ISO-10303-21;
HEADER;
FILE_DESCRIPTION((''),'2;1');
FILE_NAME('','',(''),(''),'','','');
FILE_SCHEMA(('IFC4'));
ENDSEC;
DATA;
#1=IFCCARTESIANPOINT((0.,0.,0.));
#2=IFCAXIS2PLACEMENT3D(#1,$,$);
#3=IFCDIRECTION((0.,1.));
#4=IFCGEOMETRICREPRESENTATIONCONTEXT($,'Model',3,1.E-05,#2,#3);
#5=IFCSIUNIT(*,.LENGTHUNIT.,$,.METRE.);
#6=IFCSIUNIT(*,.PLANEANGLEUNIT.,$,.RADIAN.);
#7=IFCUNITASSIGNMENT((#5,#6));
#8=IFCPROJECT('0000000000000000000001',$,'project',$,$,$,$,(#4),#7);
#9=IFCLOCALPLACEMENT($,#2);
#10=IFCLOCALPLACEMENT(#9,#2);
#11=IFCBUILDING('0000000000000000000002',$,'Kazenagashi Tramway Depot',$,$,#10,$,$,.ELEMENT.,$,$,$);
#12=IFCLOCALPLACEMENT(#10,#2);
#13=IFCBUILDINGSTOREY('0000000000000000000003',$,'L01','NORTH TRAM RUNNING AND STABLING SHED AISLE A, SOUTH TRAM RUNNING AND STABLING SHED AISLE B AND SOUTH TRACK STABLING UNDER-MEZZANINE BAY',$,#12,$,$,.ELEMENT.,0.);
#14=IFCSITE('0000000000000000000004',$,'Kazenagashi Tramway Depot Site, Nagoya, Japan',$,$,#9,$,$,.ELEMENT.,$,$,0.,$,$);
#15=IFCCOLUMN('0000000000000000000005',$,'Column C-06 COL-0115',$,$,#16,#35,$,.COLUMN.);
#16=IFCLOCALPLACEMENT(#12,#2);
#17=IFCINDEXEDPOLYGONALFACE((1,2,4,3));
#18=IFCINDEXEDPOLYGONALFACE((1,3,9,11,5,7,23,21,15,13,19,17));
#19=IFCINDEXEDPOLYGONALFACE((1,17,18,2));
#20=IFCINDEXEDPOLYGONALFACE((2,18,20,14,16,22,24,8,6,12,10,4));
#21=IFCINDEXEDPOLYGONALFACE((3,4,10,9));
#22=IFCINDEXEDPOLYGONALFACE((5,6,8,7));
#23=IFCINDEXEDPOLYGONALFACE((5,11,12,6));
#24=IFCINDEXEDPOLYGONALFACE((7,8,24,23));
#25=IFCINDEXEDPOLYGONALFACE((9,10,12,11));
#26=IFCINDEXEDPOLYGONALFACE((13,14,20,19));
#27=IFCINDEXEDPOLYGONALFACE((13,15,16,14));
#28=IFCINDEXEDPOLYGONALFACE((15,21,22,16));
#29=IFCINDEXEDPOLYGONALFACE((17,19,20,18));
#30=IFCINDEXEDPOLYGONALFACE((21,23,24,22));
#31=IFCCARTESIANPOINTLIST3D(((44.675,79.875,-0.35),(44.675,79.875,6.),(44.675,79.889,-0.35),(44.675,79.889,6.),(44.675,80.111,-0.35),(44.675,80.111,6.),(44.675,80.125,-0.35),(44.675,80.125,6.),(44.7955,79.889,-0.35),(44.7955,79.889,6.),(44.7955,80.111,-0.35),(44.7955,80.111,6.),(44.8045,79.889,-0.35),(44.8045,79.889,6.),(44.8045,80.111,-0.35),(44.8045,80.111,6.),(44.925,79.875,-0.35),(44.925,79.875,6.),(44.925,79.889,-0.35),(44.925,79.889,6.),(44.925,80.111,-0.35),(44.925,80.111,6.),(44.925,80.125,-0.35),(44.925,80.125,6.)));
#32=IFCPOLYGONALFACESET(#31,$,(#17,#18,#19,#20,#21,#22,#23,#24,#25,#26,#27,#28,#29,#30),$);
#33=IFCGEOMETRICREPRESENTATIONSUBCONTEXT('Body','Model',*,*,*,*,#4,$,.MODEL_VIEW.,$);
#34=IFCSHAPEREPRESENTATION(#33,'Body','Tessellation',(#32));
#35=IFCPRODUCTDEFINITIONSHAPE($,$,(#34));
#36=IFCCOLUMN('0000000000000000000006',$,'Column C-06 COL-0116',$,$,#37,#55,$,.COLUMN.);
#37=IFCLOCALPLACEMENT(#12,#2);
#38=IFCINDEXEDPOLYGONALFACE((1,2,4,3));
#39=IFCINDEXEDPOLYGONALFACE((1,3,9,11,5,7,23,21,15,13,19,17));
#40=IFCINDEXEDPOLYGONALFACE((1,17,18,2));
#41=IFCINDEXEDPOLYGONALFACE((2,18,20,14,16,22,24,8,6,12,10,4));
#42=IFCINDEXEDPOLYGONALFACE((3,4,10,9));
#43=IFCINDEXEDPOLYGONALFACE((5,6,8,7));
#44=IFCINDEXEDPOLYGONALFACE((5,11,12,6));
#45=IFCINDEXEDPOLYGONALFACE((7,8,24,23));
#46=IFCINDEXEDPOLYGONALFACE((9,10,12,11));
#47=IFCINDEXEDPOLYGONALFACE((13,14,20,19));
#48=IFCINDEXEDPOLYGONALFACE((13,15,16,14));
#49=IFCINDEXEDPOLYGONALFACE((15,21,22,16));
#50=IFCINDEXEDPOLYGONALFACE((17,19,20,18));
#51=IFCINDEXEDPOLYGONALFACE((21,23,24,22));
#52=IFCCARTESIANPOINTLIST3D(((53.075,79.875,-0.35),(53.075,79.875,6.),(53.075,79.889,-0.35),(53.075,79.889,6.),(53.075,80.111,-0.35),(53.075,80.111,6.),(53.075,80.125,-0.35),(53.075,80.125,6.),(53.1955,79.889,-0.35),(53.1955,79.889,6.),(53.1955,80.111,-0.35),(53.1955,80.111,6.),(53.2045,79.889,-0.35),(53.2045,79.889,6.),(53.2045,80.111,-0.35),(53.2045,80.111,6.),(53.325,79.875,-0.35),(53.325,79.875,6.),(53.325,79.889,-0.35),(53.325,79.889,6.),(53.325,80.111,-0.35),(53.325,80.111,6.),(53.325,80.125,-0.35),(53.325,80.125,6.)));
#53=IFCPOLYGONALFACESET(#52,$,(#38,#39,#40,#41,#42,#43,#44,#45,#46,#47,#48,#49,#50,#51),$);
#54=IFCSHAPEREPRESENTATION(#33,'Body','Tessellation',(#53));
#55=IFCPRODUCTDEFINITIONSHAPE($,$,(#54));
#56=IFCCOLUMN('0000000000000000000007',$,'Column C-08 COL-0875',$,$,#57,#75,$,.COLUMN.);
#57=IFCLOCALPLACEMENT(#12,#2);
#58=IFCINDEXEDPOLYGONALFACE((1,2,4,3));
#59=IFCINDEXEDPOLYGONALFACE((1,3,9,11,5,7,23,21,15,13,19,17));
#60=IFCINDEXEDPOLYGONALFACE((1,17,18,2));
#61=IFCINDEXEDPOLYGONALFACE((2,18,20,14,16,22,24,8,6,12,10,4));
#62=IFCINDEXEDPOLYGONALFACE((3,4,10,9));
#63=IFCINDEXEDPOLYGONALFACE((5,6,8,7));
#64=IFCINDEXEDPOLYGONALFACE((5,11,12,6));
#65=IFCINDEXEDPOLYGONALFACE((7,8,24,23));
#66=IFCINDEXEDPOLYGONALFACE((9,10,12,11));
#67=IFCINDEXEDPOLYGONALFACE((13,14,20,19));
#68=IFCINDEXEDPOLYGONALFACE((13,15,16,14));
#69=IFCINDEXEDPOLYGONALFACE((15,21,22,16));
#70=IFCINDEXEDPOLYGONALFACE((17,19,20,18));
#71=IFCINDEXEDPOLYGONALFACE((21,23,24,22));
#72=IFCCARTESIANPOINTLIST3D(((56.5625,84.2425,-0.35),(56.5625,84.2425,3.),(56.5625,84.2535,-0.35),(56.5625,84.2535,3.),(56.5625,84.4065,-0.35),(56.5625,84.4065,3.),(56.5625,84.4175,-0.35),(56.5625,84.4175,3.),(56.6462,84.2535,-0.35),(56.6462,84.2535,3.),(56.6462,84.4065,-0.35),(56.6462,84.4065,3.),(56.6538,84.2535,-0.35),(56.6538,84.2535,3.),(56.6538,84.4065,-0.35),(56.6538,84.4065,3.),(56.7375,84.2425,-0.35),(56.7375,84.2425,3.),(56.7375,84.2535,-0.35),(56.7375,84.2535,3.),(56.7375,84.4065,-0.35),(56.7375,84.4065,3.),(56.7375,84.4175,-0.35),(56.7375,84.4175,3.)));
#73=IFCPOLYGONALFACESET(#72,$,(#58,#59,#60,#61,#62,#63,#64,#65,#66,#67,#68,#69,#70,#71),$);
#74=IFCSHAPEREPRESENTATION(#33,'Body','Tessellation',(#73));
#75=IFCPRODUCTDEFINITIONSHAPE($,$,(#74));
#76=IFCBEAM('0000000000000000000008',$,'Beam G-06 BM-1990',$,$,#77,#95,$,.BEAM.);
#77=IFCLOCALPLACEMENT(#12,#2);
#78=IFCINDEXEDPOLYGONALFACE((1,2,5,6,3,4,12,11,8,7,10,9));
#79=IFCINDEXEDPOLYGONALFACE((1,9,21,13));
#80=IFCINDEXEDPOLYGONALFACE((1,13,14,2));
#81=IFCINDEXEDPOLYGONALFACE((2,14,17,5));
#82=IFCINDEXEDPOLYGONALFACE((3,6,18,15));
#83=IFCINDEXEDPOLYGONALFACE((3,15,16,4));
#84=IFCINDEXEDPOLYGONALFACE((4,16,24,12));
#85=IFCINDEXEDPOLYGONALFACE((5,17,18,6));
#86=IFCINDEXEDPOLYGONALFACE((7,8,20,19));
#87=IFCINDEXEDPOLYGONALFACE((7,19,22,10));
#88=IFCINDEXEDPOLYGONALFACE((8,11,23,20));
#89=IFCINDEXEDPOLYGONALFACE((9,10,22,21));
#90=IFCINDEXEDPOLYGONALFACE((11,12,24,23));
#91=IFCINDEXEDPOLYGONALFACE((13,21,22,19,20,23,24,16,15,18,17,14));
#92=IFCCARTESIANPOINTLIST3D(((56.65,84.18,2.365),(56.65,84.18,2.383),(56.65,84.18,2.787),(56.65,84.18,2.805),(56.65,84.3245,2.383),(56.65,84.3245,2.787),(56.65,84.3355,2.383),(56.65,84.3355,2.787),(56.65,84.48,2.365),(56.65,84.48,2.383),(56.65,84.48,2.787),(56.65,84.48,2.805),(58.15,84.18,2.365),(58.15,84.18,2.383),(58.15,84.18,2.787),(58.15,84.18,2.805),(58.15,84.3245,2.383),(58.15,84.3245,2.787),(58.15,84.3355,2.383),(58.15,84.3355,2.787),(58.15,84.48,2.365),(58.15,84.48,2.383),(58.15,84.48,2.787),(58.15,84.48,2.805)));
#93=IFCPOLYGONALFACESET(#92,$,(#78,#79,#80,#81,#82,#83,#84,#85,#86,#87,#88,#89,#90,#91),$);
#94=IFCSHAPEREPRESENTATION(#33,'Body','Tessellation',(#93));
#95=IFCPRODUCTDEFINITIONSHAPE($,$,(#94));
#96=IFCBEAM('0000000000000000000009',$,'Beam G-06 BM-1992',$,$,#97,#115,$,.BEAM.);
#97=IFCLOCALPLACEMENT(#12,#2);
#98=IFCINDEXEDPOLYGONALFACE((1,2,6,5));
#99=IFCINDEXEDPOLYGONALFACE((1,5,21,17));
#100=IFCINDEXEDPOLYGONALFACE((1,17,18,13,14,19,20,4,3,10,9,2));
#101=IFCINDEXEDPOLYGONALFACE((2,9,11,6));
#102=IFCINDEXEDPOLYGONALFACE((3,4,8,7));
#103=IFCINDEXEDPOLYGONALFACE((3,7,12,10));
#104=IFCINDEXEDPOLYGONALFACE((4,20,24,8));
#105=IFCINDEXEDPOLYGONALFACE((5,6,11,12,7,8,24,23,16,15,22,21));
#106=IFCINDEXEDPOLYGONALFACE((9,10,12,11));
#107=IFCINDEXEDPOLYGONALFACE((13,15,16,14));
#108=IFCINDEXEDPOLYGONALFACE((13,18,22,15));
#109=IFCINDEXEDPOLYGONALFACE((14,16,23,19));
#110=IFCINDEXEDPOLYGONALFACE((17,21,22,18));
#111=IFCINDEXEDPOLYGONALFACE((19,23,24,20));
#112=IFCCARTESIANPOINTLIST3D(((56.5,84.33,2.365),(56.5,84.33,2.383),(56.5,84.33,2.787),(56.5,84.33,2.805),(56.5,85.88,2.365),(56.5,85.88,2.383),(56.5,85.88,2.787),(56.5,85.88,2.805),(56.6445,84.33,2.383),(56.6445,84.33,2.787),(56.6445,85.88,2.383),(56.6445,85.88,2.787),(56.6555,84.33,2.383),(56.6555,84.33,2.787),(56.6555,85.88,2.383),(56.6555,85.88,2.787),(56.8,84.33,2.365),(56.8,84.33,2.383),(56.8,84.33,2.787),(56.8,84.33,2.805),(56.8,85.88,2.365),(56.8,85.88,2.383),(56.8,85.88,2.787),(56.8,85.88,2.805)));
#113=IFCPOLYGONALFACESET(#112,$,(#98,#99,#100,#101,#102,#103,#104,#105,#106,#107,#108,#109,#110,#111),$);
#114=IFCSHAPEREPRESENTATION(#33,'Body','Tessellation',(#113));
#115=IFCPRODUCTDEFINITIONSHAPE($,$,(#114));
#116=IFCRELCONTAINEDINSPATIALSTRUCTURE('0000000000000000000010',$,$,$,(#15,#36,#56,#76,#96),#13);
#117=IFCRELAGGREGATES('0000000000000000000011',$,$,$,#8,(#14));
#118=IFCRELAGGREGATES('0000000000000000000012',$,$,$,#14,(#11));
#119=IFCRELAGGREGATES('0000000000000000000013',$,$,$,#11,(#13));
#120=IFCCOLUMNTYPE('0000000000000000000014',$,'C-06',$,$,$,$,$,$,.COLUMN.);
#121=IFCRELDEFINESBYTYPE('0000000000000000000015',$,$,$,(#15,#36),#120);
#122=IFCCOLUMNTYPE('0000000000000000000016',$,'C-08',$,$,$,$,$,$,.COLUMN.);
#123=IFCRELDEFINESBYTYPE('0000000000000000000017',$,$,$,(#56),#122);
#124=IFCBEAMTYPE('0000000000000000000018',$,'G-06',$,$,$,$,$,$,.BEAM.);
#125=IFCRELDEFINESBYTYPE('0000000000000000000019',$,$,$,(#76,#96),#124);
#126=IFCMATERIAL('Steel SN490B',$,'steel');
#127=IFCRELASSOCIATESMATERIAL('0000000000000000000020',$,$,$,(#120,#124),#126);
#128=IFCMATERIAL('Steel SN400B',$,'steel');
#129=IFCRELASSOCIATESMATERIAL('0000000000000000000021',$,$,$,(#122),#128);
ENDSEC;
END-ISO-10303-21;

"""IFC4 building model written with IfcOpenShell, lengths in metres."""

from ifc_helpers import new_model, si_unit, direction, frame, origin, origin_2d, place, context, subcontext, project, spatial, i_section, extrude, material, material_profile, profile_set, type_object, element, save


model = new_model("IFC4")

# Units and contexts
model_context = context("Model", 3, precision=1e-05, world=origin(), true_north=direction((0.0, 1.0)))
body_context = subcontext(model_context, "Body", "Model", "MODEL_VIEW")
ifc_project = project(units=[si_unit("LENGTHUNIT", "METRE"), si_unit("PLANEANGLEUNIT", "RADIAN")], contexts=[model_context])

# Site, building, storey
site_placement = place(None, origin())
site = spatial("IfcSite", under=ifc_project, at=site_placement, Name="Kazenagashi Tramway Depot Site, Nagoya, Japan", CompositionType="ELEMENT", RefElevation=0.0)
building_placement = place(site_placement, origin())
building = spatial("IfcBuilding", under=site, at=building_placement, Name="Kazenagashi Tramway Depot", CompositionType="ELEMENT")
storey_placement = place(building_placement, origin())
storey = spatial("IfcBuildingStorey", under=building, at=storey_placement, Name="L01", Description="NORTH TRAM RUNNING AND STABLING SHED AISLE A, SOUTH TRAM RUNNING AND STABLING SHED AISLE B AND SOUTH TRACK STABLING UNDER-MEZZANINE BAY", CompositionType="ELEMENT", Elevation=0.0)

# Columns
ifc_material_1 = material(Name="Steel SN490B", Category="steel")
ifc_material_profile_1 = material_profile(ifc_material_1, i_section(OverallWidth=0.25, OverallDepth=0.25, WebThickness=0.009, FlangeThickness=0.014, at=origin_2d()), Name="H-250x250x9x14")
ifc_profile_set_1 = profile_set([ifc_material_profile_1], Name="Steel SN490B")
column_type_1 = type_object("IfcColumnType", Name="C-06", PredefinedType="COLUMN", material=ifc_profile_set_1)
for number, where, z_axis, x_axis, name in (
    (1, (44.8, 80.0, -0.35), (0.0, 0.0, 1.0), (1.0, 0.0, 0.0), "Column C-06 COL-0115"),
    (2, (53.2, 80.0, -0.35), (0.0, 0.0, 1.0), (1.0, 0.0, 0.0), "Column C-06 COL-0116"),
):
    element("IfcColumn", number, at=place(storey_placement, frame(where, z_axis=z_axis, x_axis=x_axis)), inside=storey, type_object=column_type_1, Name=name, PredefinedType="COLUMN", context=body_context, shape_type="SweptSolid", body=[
        extrude(i_section(OverallWidth=0.25, OverallDepth=0.25, WebThickness=0.009, FlangeThickness=0.014, at=origin_2d()), origin(), (0.0, 0.0, 1.0), 6.35),
    ])
ifc_material_2 = material(Name="Steel SN400B", Category="steel")
ifc_material_profile_2 = material_profile(ifc_material_2, i_section(OverallWidth=0.175, OverallDepth=0.175, WebThickness=0.0075, FlangeThickness=0.011, at=origin_2d()), Name="H-175x175x7.5x11")
ifc_profile_set_2 = profile_set([ifc_material_profile_2], Name="Steel SN400B")
column_type_2 = type_object("IfcColumnType", Name="C-08", PredefinedType="COLUMN", material=ifc_profile_set_2)
column_placement = place(storey_placement, frame((56.65, 84.33, -0.35), z_axis=(0.0, 0.0, 1.0), x_axis=(1.0, 0.0, 0.0)))
element("IfcColumn", 3, at=column_placement, inside=storey, type_object=column_type_2, Name="Column C-08 COL-0875", PredefinedType="COLUMN", context=body_context, shape_type="SweptSolid", body=[
    extrude(i_section(OverallWidth=0.175, OverallDepth=0.175, WebThickness=0.0075, FlangeThickness=0.011, at=origin_2d()), origin(), (0.0, 0.0, 1.0), 3.35),
])

# Beams
ifc_material_profile_3 = material_profile(ifc_material_1, i_section(OverallWidth=0.3, OverallDepth=0.44, WebThickness=0.011, FlangeThickness=0.018, at=origin_2d()), Name="H-440x300x11x18")
ifc_profile_set_3 = profile_set([ifc_material_profile_3], Name="Steel SN490B")
beam_type = type_object("IfcBeamType", Name="G-06", PredefinedType="BEAM", material=ifc_profile_set_3)
beam_1_placement = place(storey_placement, frame((56.65, 84.33, 2.585), z_axis=(1.0, 0.0, 0.0), x_axis=(0.0, 1.0, 0.0)))
element("IfcBeam", 4, at=beam_1_placement, inside=storey, type_object=beam_type, Name="Beam G-06 BM-1990", PredefinedType="BEAM", context=body_context, shape_type="SweptSolid", body=[
    extrude(i_section(OverallWidth=0.3, OverallDepth=0.44, WebThickness=0.011, FlangeThickness=0.018, at=origin_2d()), origin(), (0.0, 0.0, 1.0), 1.5),
])
beam_2_placement = place(storey_placement, frame((56.65, 84.33, 2.585), z_axis=(0.0, 1.0, 0.0), x_axis=(-1.0, 0.0, 0.0)))
element("IfcBeam", 5, at=beam_2_placement, inside=storey, type_object=beam_type, Name="Beam G-06 BM-1992", PredefinedType="BEAM", context=body_context, shape_type="SweptSolid", body=[
    extrude(i_section(OverallWidth=0.3, OverallDepth=0.44, WebThickness=0.011, FlangeThickness=0.018, at=origin_2d()), origin(), (0.0, 0.0, 1.0), 1.55),
])

save(model, "model.ifc")
